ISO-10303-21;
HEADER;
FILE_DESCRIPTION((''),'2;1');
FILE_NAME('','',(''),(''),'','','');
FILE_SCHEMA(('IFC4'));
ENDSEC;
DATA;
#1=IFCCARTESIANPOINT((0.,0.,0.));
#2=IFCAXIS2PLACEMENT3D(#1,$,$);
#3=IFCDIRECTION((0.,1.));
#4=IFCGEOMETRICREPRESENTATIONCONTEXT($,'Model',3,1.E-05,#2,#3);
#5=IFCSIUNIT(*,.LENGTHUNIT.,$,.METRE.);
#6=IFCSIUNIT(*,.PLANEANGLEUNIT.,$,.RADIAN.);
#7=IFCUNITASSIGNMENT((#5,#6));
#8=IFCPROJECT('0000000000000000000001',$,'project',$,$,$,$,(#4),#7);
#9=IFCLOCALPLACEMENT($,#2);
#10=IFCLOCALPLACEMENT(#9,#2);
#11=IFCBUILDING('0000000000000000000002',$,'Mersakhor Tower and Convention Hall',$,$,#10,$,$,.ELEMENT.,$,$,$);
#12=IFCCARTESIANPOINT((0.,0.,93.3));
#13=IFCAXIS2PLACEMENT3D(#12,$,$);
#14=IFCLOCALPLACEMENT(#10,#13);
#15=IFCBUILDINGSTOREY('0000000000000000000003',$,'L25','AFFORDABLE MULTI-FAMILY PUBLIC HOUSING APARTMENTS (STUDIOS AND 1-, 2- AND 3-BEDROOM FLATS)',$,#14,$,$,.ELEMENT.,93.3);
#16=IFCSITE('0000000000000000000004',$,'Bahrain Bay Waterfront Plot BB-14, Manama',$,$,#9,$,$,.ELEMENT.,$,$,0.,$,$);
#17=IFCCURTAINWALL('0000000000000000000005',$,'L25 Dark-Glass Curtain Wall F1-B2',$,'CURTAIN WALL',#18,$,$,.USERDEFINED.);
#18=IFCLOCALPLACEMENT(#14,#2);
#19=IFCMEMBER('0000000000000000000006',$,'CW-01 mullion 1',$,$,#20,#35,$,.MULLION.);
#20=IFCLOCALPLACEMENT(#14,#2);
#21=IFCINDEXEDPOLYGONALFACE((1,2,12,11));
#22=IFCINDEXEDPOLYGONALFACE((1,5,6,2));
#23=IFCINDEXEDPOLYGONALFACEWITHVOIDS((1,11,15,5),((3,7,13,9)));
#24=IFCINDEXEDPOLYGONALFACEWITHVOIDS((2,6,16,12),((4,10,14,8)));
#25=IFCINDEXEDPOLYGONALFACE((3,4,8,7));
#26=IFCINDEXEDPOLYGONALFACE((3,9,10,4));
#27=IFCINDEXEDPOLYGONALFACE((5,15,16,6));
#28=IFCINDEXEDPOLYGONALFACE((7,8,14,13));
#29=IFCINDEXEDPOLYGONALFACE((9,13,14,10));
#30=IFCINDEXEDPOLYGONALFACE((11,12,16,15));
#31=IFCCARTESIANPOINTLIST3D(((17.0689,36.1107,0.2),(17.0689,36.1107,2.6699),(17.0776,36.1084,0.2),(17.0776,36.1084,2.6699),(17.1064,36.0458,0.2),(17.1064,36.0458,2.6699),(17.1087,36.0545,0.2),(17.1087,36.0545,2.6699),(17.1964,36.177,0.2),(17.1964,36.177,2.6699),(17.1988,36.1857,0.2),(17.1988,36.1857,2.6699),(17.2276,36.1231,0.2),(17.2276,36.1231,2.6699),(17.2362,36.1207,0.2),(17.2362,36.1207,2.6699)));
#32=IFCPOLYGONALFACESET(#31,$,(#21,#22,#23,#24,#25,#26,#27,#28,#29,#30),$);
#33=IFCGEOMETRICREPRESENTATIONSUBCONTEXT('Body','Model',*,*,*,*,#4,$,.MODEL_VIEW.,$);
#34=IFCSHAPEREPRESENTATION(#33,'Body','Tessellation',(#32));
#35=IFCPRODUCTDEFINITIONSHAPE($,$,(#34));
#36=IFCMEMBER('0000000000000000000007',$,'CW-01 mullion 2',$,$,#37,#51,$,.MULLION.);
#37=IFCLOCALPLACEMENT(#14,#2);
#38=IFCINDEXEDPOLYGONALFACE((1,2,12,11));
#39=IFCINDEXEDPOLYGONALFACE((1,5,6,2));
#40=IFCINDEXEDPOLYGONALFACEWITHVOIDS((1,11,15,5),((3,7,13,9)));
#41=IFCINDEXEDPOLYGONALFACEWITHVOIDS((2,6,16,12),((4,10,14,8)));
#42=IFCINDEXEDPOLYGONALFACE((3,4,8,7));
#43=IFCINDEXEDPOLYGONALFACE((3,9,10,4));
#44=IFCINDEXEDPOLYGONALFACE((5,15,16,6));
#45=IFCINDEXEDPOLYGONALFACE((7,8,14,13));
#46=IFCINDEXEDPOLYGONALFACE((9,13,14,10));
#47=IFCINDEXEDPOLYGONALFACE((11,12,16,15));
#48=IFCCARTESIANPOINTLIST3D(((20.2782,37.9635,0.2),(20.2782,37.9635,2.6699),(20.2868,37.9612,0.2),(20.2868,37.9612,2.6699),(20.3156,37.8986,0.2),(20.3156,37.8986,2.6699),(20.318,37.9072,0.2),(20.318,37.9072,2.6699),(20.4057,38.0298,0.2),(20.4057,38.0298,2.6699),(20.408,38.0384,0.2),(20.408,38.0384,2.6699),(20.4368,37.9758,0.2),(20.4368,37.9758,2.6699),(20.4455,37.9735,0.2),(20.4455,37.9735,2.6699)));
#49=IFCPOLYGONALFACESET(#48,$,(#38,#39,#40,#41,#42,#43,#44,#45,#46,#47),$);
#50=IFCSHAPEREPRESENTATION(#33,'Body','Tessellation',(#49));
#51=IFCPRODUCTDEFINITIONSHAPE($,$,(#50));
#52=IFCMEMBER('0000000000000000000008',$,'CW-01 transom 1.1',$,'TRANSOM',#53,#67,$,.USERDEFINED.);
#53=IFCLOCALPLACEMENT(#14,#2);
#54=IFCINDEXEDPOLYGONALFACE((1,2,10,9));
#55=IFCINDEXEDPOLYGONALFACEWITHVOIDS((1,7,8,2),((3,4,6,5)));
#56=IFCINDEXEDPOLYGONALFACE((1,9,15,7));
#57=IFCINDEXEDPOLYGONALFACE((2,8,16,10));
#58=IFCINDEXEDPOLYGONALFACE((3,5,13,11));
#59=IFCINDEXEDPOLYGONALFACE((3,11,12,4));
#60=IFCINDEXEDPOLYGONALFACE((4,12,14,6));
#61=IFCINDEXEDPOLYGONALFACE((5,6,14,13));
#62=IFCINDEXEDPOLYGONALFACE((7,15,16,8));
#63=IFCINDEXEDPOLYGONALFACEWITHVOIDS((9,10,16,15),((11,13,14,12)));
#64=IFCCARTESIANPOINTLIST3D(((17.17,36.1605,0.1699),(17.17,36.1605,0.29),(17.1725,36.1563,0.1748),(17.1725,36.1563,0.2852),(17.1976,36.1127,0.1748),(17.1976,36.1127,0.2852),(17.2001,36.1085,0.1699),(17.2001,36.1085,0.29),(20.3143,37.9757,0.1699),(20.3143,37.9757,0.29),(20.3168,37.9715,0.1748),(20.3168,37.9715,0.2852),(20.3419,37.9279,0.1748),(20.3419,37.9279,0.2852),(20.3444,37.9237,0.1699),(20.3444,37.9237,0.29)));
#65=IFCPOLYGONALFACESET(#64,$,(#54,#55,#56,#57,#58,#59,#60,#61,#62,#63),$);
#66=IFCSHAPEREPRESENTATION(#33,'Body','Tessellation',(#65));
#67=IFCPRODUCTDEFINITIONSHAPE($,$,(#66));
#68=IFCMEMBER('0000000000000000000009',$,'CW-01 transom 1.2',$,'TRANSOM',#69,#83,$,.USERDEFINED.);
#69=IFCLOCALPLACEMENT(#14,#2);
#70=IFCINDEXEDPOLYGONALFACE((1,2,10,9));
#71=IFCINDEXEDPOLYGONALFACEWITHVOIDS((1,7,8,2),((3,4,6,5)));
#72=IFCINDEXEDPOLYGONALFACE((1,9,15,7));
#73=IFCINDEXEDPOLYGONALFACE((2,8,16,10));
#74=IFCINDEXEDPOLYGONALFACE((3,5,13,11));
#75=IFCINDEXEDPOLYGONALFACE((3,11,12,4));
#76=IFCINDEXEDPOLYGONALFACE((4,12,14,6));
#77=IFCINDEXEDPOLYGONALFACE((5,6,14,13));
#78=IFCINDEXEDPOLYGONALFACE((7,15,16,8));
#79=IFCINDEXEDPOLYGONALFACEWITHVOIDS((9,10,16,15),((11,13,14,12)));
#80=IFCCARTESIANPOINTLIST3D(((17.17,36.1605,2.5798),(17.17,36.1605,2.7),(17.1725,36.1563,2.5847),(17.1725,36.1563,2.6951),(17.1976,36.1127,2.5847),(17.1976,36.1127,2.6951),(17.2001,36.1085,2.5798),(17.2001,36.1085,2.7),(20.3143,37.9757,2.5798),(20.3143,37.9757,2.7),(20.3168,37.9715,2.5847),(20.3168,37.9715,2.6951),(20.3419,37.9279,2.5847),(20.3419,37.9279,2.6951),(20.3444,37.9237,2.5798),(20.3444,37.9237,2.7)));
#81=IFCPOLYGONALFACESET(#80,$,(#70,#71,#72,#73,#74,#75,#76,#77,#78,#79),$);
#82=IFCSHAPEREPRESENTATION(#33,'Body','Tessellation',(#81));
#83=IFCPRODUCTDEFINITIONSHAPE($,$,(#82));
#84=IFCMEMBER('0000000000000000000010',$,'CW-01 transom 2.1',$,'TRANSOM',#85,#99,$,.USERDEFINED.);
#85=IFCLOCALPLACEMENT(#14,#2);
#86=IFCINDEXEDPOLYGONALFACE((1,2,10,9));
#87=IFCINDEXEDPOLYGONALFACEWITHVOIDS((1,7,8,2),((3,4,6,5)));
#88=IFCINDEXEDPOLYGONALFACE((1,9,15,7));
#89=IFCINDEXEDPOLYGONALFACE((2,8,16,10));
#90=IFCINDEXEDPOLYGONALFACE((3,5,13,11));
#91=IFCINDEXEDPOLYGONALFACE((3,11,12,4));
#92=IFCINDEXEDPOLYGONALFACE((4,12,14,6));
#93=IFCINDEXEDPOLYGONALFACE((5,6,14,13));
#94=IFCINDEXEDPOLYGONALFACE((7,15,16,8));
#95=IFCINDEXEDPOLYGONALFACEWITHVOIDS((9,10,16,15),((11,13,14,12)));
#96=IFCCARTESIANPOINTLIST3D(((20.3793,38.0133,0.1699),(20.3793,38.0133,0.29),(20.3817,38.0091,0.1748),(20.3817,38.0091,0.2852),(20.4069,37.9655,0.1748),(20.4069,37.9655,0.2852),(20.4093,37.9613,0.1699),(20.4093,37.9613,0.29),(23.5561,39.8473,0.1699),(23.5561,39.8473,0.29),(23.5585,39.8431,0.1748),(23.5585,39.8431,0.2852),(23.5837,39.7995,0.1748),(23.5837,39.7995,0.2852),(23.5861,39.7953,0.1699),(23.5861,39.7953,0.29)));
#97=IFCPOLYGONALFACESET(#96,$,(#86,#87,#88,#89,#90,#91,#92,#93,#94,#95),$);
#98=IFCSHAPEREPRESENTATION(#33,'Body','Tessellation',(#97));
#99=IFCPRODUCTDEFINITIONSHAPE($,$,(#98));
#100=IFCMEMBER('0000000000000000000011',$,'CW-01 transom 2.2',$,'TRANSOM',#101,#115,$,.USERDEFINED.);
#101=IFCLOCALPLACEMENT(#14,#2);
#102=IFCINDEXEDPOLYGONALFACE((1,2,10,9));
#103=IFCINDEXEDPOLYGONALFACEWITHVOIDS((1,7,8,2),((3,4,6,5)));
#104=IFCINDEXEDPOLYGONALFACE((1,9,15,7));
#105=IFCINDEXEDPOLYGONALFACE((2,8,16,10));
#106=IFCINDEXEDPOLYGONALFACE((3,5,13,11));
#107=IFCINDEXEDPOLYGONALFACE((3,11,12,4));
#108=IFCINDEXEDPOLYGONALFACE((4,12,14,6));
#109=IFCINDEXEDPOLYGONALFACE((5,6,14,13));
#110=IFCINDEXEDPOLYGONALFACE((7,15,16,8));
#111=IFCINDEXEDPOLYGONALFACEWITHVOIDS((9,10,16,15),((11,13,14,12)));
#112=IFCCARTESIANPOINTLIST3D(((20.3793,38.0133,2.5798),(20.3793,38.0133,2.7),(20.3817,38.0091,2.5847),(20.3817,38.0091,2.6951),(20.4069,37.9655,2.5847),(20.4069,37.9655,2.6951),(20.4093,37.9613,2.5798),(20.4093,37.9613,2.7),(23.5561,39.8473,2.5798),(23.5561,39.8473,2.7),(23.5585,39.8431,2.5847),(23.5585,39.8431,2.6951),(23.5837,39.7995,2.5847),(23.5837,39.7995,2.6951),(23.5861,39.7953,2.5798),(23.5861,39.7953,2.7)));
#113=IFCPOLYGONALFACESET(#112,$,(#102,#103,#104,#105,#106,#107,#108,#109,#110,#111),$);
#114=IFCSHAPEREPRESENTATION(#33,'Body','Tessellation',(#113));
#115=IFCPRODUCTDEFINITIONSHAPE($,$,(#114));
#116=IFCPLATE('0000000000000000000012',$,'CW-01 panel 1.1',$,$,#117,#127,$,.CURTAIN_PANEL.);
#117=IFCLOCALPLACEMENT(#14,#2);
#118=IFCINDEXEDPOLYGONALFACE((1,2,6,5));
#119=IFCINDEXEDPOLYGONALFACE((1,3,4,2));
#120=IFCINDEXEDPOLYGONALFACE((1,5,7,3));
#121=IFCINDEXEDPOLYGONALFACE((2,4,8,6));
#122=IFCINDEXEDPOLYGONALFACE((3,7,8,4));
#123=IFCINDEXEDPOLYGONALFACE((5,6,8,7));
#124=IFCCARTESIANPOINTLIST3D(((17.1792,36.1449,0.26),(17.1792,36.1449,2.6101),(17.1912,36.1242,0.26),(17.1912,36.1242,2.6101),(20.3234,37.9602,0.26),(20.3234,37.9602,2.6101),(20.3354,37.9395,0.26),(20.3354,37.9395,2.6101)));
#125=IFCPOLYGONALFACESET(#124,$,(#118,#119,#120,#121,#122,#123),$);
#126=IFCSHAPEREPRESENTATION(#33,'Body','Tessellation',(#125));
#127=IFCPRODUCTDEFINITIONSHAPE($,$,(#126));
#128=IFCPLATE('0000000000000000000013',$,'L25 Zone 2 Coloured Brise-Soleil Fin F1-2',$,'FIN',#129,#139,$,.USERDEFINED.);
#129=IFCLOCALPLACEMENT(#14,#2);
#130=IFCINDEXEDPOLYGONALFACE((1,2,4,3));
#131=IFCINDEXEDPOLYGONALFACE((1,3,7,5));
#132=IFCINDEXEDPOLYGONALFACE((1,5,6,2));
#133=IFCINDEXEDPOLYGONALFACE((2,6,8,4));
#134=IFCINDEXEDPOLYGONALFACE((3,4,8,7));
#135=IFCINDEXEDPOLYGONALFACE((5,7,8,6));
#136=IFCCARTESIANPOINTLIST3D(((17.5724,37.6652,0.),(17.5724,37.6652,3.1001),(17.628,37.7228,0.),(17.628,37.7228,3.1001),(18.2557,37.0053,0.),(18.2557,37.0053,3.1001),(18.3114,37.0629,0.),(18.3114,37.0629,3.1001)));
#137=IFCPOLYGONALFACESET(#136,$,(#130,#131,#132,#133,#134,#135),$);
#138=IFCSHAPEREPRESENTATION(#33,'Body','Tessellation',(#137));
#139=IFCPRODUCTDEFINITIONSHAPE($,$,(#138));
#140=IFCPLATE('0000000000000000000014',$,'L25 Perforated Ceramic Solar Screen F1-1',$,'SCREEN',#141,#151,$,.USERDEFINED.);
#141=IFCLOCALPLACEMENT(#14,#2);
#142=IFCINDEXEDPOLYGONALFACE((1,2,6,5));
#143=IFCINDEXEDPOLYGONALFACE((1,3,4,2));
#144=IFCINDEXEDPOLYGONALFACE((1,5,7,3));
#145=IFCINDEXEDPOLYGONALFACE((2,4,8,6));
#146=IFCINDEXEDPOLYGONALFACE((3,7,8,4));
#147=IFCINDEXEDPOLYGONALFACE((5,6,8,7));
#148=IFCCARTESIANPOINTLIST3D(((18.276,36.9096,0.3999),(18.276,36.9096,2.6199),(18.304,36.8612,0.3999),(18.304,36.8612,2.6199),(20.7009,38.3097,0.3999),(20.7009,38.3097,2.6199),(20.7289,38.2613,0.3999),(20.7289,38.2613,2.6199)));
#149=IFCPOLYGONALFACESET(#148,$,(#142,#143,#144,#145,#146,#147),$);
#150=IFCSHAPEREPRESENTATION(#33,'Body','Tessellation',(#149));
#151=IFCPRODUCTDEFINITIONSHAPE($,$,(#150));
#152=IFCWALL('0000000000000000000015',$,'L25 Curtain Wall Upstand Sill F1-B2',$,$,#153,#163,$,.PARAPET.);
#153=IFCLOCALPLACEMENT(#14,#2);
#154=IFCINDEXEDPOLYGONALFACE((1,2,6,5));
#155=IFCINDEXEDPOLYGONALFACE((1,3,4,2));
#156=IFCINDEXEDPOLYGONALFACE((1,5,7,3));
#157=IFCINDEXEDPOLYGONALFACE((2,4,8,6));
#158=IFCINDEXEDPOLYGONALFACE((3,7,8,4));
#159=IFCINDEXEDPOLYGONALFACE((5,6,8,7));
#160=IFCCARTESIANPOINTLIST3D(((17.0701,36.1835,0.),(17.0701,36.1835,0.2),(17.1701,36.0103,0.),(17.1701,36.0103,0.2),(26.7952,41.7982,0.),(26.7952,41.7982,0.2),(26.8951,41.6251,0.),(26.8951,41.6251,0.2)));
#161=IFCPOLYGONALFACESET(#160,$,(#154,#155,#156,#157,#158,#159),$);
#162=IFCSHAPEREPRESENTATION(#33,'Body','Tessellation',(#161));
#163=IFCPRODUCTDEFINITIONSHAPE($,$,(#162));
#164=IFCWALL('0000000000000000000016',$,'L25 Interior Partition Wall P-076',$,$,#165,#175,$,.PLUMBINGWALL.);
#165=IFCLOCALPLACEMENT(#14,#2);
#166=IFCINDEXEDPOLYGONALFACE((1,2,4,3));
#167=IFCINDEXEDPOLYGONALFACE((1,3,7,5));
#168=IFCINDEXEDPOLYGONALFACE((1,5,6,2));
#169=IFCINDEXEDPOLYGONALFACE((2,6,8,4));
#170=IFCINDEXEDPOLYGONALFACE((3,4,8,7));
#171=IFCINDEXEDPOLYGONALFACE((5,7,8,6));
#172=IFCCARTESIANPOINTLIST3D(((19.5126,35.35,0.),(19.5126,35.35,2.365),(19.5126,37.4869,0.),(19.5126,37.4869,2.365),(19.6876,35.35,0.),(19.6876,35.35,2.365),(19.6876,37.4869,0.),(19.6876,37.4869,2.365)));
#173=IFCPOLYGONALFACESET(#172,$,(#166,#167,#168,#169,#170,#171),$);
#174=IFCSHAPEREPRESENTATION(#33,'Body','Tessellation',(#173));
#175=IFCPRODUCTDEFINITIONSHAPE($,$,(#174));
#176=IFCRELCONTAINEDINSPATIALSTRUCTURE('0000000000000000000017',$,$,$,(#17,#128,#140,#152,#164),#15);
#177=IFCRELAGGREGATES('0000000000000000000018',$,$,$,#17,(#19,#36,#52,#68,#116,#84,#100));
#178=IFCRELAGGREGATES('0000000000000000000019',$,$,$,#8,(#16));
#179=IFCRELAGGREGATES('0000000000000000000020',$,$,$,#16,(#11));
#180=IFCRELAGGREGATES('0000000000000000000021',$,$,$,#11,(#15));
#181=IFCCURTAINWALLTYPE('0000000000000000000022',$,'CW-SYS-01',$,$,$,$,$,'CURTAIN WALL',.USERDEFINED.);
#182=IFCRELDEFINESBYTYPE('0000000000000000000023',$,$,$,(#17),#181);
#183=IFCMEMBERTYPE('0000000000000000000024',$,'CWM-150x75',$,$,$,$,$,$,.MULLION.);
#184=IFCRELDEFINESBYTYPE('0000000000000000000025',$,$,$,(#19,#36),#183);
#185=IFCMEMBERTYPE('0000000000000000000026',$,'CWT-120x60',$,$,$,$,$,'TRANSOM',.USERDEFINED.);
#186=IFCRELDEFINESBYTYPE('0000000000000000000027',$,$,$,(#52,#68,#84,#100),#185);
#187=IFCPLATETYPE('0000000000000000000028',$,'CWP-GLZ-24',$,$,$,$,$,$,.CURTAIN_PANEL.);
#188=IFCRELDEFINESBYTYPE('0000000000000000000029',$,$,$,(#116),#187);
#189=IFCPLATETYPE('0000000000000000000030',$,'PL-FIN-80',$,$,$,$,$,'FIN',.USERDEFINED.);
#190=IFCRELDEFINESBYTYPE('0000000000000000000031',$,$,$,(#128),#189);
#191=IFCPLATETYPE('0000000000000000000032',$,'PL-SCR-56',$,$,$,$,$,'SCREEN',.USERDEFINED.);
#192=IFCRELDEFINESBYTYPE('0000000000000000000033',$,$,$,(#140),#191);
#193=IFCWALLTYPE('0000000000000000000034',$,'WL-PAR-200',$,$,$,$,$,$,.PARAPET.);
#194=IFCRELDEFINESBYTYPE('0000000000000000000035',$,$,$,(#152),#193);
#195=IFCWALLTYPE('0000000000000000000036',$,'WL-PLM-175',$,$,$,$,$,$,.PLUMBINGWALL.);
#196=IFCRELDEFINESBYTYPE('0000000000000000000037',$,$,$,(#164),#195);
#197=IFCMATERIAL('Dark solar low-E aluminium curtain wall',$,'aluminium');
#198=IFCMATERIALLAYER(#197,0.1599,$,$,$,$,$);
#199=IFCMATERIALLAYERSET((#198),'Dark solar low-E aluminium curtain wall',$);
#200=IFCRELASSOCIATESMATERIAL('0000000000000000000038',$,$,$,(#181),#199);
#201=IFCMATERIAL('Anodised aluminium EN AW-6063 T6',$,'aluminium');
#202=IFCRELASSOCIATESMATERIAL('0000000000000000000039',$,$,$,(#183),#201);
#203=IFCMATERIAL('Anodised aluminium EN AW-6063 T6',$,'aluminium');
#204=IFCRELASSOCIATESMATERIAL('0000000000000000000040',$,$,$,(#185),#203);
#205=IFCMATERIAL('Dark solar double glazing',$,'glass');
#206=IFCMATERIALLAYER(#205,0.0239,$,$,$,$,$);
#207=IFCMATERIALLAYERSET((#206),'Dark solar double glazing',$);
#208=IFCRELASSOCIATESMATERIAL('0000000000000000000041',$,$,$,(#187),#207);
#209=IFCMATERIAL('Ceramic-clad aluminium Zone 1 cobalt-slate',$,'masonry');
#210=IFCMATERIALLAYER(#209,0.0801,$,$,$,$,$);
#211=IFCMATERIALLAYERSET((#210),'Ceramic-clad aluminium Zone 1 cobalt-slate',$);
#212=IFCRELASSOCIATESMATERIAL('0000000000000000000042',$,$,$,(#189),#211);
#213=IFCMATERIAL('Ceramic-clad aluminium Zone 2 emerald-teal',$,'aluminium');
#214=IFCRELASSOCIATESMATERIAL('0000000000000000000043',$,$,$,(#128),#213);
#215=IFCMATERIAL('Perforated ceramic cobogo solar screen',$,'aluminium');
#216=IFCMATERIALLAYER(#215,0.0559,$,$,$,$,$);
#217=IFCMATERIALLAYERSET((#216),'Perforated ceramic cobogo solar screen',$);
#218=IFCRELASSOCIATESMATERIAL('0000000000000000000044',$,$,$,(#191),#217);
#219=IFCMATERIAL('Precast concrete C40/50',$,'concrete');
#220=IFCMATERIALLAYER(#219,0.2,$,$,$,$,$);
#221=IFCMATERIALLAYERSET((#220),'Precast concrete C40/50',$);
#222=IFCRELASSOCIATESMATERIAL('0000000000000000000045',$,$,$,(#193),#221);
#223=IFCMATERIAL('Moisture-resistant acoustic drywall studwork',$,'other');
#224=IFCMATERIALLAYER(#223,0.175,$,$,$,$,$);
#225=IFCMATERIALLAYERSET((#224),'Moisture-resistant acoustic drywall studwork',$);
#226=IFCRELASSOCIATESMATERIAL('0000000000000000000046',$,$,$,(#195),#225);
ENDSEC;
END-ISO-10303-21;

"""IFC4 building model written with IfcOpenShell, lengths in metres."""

from ifc_helpers import new_model, si_unit, direction, frame, frame_2d, origin, origin_2d, place, context, subcontext, project, spatial, rectangle, hollow_rectangle, extrude, material, layer, layer_set, material_profile, profile_set, type_object, element, aggregate, save


model = new_model("IFC4")

# Units and contexts
model_context = context("Model", 3, precision=1e-05, world=origin(), true_north=direction((0.0, 1.0)))
body_context = subcontext(model_context, "Body", "Model", "MODEL_VIEW")
ifc_project = project(units=[si_unit("LENGTHUNIT", "METRE"), si_unit("PLANEANGLEUNIT", "RADIAN")], contexts=[model_context])

# Site, building, storey
site_placement = place(None, origin())
site = spatial("IfcSite", under=ifc_project, at=site_placement, Name="Bahrain Bay Waterfront Plot BB-14, Manama", CompositionType="ELEMENT", RefElevation=0.0)
building_placement = place(site_placement, origin())
building = spatial("IfcBuilding", under=site, at=building_placement, Name="Mersakhor Tower and Convention Hall", CompositionType="ELEMENT")
storey_placement = place(building_placement, frame((0.0, 0.0, 93.3)))
storey = spatial("IfcBuildingStorey", under=building, at=storey_placement, Name="L25", Description="AFFORDABLE MULTI-FAMILY PUBLIC HOUSING APARTMENTS (STUDIOS AND 1-, 2- AND 3-BEDROOM FLATS)", CompositionType="ELEMENT", Elevation=93.3)

# Curtain wall, members, plate
ifc_material_1 = material(Name="Dark solar low-E aluminium curtain wall", Category="aluminium")
ifc_layer_1 = layer(ifc_material_1, 0.1599)
ifc_layer_set_1 = layer_set([ifc_layer_1], Name="Dark solar low-E aluminium curtain wall")
curtain_wall_type = type_object("IfcCurtainWallType", Name="CW-SYS-01", ElementType="CURTAIN WALL", PredefinedType="USERDEFINED", material=ifc_layer_set_1)
curtain_wall_placement = place(storey_placement, origin())
curtain_wall = element("IfcCurtainWall", 1, at=curtain_wall_placement, inside=storey, type_object=curtain_wall_type, Name="L25 Dark-Glass Curtain Wall F1-B2", ObjectType="CURTAIN WALL", PredefinedType="USERDEFINED")
ifc_material_2 = material(Name="Anodised aluminium EN AW-6063 T6", Category="aluminium")
ifc_material_profile_1 = material_profile(ifc_material_2, hollow_rectangle(XDim=0.075, YDim=0.1499, WallThickness=0.0063, at=origin_2d()), Name="RHS 150x75x6.3")
ifc_profile_set_1 = profile_set([ifc_material_profile_1], Name="Anodised aluminium EN AW-6063 T6")
member_type_1 = type_object("IfcMemberType", Name="CWM-150x75", PredefinedType="MULLION", material=ifc_profile_set_1)
member_1_placement = place(storey_placement, frame((17.1526, 36.1157, 0.2), z_axis=(0.0, 0.0, 1.0), x_axis=(-0.499998, 0.866027, 0.0)))
member_1 = element("IfcMember", 2, at=member_1_placement, type_object=member_type_1, Name="CW-01 mullion 1", PredefinedType="MULLION", context=body_context, shape_type="SweptSolid", body=[
    extrude(hollow_rectangle(XDim=0.075, YDim=0.1499, WallThickness=0.0063, at=origin_2d()), origin(), (0.0, 0.0, 1.0), 2.47),
])
member_2_placement = place(storey_placement, frame((20.3618, 37.9685, 0.2), z_axis=(0.0, 0.0, 1.0), x_axis=(-0.499998, 0.866027, 0.0)))
member_2 = element("IfcMember", 3, at=member_2_placement, type_object=member_type_1, Name="CW-01 mullion 2", PredefinedType="MULLION", context=body_context, shape_type="SweptSolid", body=[
    extrude(hollow_rectangle(XDim=0.075, YDim=0.1499, WallThickness=0.0063, at=origin_2d()), origin(), (0.0, 0.0, 1.0), 2.47),
])
ifc_material_3 = material(Name="Anodised aluminium EN AW-6063 T6", Category="aluminium")
ifc_material_profile_2 = material_profile(ifc_material_3, hollow_rectangle(XDim=0.0601, YDim=0.1201, WallThickness=0.0049, at=origin_2d()), Name="RHS 120x60x5")
ifc_profile_set_2 = profile_set([ifc_material_profile_2], Name="Anodised aluminium EN AW-6063 T6")
member_type_2 = type_object("IfcMemberType", Name="CWT-120x60", ElementType="TRANSOM", PredefinedType="USERDEFINED", material=ifc_profile_set_2)
member_3_placement = place(storey_placement, frame((17.1851, 36.1345, 0.23), z_axis=(0.866046, 0.499965, 0.0), x_axis=(-0.499965, 0.866046, 0.0)))
member_3 = element("IfcMember", 4, at=member_3_placement, type_object=member_type_2, Name="CW-01 transom 1.1", ObjectType="TRANSOM", PredefinedType="USERDEFINED", context=body_context, shape_type="SweptSolid", body=[
    extrude(hollow_rectangle(XDim=0.0601, YDim=0.1201, WallThickness=0.0049, at=origin_2d()), origin(), (0.0, 0.0, 1.0), 3.6306),
])
member_4_placement = place(storey_placement, frame((17.1851, 36.1345, 2.6399), z_axis=(0.866046, 0.499965, 0.0), x_axis=(-0.499965, 0.866046, 0.0)))
member_4 = element("IfcMember", 5, at=member_4_placement, type_object=member_type_2, Name="CW-01 transom 1.2", ObjectType="TRANSOM", PredefinedType="USERDEFINED", context=body_context, shape_type="SweptSolid", body=[
    extrude(hollow_rectangle(XDim=0.0601, YDim=0.1201, WallThickness=0.0049, at=origin_2d()), origin(), (0.0, 0.0, 1.0), 3.6306),
])
member_5_placement = place(storey_placement, frame((20.3943, 37.9873, 0.23), z_axis=(0.866039, 0.499976, 0.0), x_axis=(-0.499976, 0.866039, 0.0)))
member_5 = element("IfcMember", 6, at=member_5_placement, type_object=member_type_2, Name="CW-01 transom 2.1", ObjectType="TRANSOM", PredefinedType="USERDEFINED", context=body_context, shape_type="SweptSolid", body=[
    extrude(hollow_rectangle(XDim=0.0601, YDim=0.1201, WallThickness=0.0049, at=origin_2d()), origin(), (0.0, 0.0, 1.0), 3.6682),
])
member_6_placement = place(storey_placement, frame((20.3943, 37.9873, 2.6399), z_axis=(0.866039, 0.499976, 0.0), x_axis=(-0.499976, 0.866039, 0.0)))
member_6 = element("IfcMember", 7, at=member_6_placement, type_object=member_type_2, Name="CW-01 transom 2.2", ObjectType="TRANSOM", PredefinedType="USERDEFINED", context=body_context, shape_type="SweptSolid", body=[
    extrude(hollow_rectangle(XDim=0.0601, YDim=0.1201, WallThickness=0.0049, at=origin_2d()), origin(), (0.0, 0.0, 1.0), 3.6682),
])
ifc_material_4 = material(Name="Dark solar double glazing", Category="glass")
ifc_layer_2 = layer(ifc_material_4, 0.0239)
ifc_layer_set_2 = layer_set([ifc_layer_2], Name="Dark solar double glazing")
plate_type_1 = type_object("IfcPlateType", Name="CWP-GLZ-24", PredefinedType="CURTAIN_PANEL", material=ifc_layer_set_2)
plate_1_placement = place(storey_placement, frame((18.7573, 37.0422, 0.26), z_axis=(0.0, 0.0, 1.0), x_axis=(0.866027, 0.499998, 0.0)))
plate_1 = element("IfcPlate", 8, at=plate_1_placement, type_object=plate_type_1, Name="CW-01 panel 1.1", PredefinedType="CURTAIN_PANEL", context=body_context, shape_type="SweptSolid", body=[
    extrude(rectangle(XDim=3.6306, YDim=0.0239, at=origin_2d()), origin(), (0.0, 0.0, 1.0), 2.3501),
])
aggregate(curtain_wall, [member_1, member_2, member_3, member_4, plate_1, member_5, member_6])

# Plates
ifc_material_5 = material(Name="Ceramic-clad aluminium Zone 2 emerald-teal", Category="aluminium")
ifc_material_6 = material(Name="Ceramic-clad aluminium Zone 1 cobalt-slate", Category="masonry")
ifc_layer_3 = layer(ifc_material_6, 0.0801)
ifc_layer_set_3 = layer_set([ifc_layer_3], Name="Ceramic-clad aluminium Zone 1 cobalt-slate")
plate_type_2 = type_object("IfcPlateType", Name="PL-FIN-80", ElementType="FIN", PredefinedType="USERDEFINED", material=ifc_layer_set_3)
plate_2_placement = place(storey_placement, frame((17.9419, 37.364, 0.0), z_axis=(0.0, 0.0, 1.0), x_axis=(-0.71934, 0.694658, 0.0)))
element("IfcPlate", 9, at=plate_2_placement, inside=storey, type_object=plate_type_2, material=ifc_material_5, Name="L25 Zone 2 Coloured Brise-Soleil Fin F1-2", ObjectType="FIN", PredefinedType="USERDEFINED", context=body_context, shape_type="SweptSolid", body=[
    extrude(rectangle(XDim=0.95, YDim=0.0801, at=origin_2d()), origin(), (0.0, 0.0, 1.0), 3.1001),
])
ifc_material_7 = material(Name="Perforated ceramic cobogo solar screen", Category="aluminium")
ifc_layer_4 = layer(ifc_material_7, 0.0559)
ifc_layer_set_4 = layer_set([ifc_layer_4], Name="Perforated ceramic cobogo solar screen")
plate_type_3 = type_object("IfcPlateType", Name="PL-SCR-56", ElementType="SCREEN", PredefinedType="USERDEFINED", material=ifc_layer_set_4)
plate_3_placement = place(storey_placement, frame((19.5024, 37.5854, 0.3999), z_axis=(0.0, 0.0, 1.0), x_axis=(0.866025, 0.5, 0.0)))
element("IfcPlate", 10, at=plate_3_placement, inside=storey, type_object=plate_type_3, Name="L25 Perforated Ceramic Solar Screen F1-1", ObjectType="SCREEN", PredefinedType="USERDEFINED", context=body_context, shape_type="SweptSolid", body=[
    extrude(rectangle(XDim=2.8, YDim=0.0559, at=origin_2d()), origin(), (0.0, 0.0, 1.0), 2.22),
])

# Walls
ifc_material_8 = material(Name="Precast concrete C40/50", Category="concrete")
ifc_layer_5 = layer(ifc_material_8, 0.2)
ifc_layer_set_5 = layer_set([ifc_layer_5], Name="Precast concrete C40/50")
wall_type_1 = type_object("IfcWallType", Name="WL-PAR-200", PredefinedType="PARAPET", material=ifc_layer_set_5)
wall_1_placement = place(storey_placement, frame((17.1201, 36.0969, 0.0), z_axis=(0.0, 0.0, 1.0), x_axis=(0.866027, 0.499997, 0.0)))
element("IfcWall", 11, at=wall_1_placement, inside=storey, type_object=wall_type_1, Name="L25 Curtain Wall Upstand Sill F1-B2", PredefinedType="PARAPET", context=body_context, shape_type="SweptSolid", body=[
    extrude(rectangle(XDim=11.2295, YDim=0.2, at=frame_2d((5.6147, 0.0))), origin(), (0.0, 0.0, 1.0), 0.2),
])
ifc_material_9 = material(Name="Moisture-resistant acoustic drywall studwork", Category="other")
ifc_layer_6 = layer(ifc_material_9, 0.175)
ifc_layer_set_6 = layer_set([ifc_layer_6], Name="Moisture-resistant acoustic drywall studwork")
wall_type_2 = type_object("IfcWallType", Name="WL-PLM-175", PredefinedType="PLUMBINGWALL", material=ifc_layer_set_6)
wall_2_placement = place(storey_placement, frame((19.6001, 35.3501, 0.0), z_axis=(0.0, 0.0, 1.0), x_axis=(0.0, 1.0, 0.0)))
element("IfcWall", 12, at=wall_2_placement, inside=storey, type_object=wall_type_2, Name="L25 Interior Partition Wall P-076", PredefinedType="PLUMBINGWALL", context=body_context, shape_type="SweptSolid", body=[
    extrude(rectangle(XDim=2.137, YDim=0.175, at=frame_2d((1.0684, 0.0))), origin(), (0.0, 0.0, 1.0), 2.365),
])

save(model, "model.ifc")
